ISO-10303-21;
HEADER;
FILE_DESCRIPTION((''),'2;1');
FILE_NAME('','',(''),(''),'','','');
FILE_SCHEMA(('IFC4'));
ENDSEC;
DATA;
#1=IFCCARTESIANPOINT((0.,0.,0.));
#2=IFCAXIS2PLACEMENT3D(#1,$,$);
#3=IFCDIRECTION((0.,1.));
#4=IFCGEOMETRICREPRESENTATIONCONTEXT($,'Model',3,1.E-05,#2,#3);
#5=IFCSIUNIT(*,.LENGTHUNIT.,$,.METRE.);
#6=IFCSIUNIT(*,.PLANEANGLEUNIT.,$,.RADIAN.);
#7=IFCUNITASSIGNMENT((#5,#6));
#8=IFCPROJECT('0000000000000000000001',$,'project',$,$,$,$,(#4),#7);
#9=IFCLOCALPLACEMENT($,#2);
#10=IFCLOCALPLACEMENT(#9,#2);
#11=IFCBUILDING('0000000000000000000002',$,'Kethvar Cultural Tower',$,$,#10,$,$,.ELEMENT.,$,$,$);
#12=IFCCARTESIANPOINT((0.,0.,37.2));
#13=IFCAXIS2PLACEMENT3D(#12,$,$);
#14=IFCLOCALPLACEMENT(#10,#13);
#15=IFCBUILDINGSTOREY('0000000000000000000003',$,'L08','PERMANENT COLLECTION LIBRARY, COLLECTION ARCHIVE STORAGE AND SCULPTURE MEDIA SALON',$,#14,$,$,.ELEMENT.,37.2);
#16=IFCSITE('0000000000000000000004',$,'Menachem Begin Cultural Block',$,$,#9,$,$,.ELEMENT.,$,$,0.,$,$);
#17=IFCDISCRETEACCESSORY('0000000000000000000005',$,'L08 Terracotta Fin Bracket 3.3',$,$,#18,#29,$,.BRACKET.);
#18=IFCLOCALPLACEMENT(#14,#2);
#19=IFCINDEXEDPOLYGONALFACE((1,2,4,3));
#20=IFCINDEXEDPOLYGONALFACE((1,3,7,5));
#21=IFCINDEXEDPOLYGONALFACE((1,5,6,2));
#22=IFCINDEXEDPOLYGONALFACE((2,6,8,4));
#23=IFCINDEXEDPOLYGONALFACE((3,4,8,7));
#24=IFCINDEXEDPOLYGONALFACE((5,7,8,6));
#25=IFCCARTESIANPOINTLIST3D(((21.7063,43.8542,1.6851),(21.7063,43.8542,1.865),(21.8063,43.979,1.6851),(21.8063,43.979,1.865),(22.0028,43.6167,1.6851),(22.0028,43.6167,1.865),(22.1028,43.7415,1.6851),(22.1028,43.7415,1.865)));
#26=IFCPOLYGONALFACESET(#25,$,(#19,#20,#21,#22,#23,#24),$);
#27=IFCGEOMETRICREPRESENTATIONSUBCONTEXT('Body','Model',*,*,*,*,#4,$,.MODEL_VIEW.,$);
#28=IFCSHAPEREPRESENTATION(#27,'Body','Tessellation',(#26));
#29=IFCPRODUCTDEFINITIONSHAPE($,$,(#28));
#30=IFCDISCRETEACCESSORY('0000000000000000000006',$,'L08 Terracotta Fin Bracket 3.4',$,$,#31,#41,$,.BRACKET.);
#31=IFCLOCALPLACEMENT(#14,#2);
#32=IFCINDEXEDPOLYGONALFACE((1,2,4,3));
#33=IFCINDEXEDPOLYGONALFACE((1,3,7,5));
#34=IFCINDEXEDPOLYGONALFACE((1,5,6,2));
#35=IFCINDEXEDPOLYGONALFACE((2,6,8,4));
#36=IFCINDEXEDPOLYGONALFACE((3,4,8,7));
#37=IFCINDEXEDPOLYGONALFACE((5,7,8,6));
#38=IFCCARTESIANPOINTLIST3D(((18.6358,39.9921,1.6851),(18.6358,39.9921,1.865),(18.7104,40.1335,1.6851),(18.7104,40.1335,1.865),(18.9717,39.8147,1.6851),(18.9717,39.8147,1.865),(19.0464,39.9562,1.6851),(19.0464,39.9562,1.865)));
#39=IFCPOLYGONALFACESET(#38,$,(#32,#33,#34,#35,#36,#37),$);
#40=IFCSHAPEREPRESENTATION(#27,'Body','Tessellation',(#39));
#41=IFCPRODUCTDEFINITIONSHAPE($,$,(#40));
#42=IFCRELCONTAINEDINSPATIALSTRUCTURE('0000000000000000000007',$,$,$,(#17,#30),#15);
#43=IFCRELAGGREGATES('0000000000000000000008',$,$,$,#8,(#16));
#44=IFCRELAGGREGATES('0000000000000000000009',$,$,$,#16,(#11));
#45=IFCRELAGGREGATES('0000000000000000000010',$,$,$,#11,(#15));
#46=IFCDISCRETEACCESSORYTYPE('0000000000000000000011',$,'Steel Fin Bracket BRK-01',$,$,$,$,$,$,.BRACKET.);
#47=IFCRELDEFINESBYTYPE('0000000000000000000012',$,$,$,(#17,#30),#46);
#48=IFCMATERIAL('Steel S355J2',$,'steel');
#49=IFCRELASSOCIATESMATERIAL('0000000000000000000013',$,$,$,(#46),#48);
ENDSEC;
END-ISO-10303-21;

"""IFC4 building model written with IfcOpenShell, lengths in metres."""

from ifc_helpers import new_model, si_unit, direction, frame, origin, origin_2d, place, context, subcontext, project, spatial, rectangle, extrude, source, transform, mapped, material, type_object, element, save


model = new_model("IFC4")

# Units and contexts
model_context = context("Model", 3, precision=1e-05, world=origin(), true_north=direction((0.0, 1.0)))
body_context = subcontext(model_context, "Body", "Model", "MODEL_VIEW")
ifc_project = project(units=[si_unit("LENGTHUNIT", "METRE"), si_unit("PLANEANGLEUNIT", "RADIAN")], contexts=[model_context])

# Site, building, storey
site_placement = place(None, origin())
site = spatial("IfcSite", under=ifc_project, at=site_placement, Name="Menachem Begin Cultural Block", CompositionType="ELEMENT", RefElevation=0.0)
building_placement = place(site_placement, origin())
building = spatial("IfcBuilding", under=site, at=building_placement, Name="Kethvar Cultural Tower", CompositionType="ELEMENT")
storey_placement = place(building_placement, frame((0.0, 0.0, 37.2)))
storey = spatial("IfcBuildingStorey", under=building, at=storey_placement, Name="L08", Description="PERMANENT COLLECTION LIBRARY, COLLECTION ARCHIVE STORAGE AND SCULPTURE MEDIA SALON", CompositionType="ELEMENT", Elevation=37.2)

# Shared definitions
ifc_material_1 = material(Name="Steel S355J2", Category="steel")

# Discrete accessories
discrete_accessory_type = type_object("IfcDiscreteAccessoryType", Name="Steel Fin Bracket BRK-01", PredefinedType="BRACKET", material=ifc_material_1)
shared_shape_1 = source(origin(), body_context, "Body", "SweptSolid", [
    extrude(rectangle(XDim=0.3799, YDim=0.1599, at=origin_2d()), origin(), (0.0, 0.0, 1.0), 0.1799),
])
for number, where, z_axis, x_axis, name in (
    (1, (21.9045, 43.7979, 1.6851), (0.0, 0.0, 1.0), (-0.78043, 0.625243, 0.0), "L08 Terracotta Fin Bracket 3.3"),
    (2, (18.8411, 39.9741, 1.6851), (0.0, 0.0, 1.0), (-0.884337, 0.46685, 0.0), "L08 Terracotta Fin Bracket 3.4"),
):
    element("IfcDiscreteAccessory", number, at=place(storey_placement, frame(where, z_axis=z_axis, x_axis=x_axis)), inside=storey, type_object=discrete_accessory_type, Name=name, PredefinedType="BRACKET", context=body_context, shape_type="MappedRepresentation", body=[
        mapped(shared_shape_1, transform((0.0, 0.0, 0.0), scale=1.0)),
    ])

save(model, "model.ifc")
